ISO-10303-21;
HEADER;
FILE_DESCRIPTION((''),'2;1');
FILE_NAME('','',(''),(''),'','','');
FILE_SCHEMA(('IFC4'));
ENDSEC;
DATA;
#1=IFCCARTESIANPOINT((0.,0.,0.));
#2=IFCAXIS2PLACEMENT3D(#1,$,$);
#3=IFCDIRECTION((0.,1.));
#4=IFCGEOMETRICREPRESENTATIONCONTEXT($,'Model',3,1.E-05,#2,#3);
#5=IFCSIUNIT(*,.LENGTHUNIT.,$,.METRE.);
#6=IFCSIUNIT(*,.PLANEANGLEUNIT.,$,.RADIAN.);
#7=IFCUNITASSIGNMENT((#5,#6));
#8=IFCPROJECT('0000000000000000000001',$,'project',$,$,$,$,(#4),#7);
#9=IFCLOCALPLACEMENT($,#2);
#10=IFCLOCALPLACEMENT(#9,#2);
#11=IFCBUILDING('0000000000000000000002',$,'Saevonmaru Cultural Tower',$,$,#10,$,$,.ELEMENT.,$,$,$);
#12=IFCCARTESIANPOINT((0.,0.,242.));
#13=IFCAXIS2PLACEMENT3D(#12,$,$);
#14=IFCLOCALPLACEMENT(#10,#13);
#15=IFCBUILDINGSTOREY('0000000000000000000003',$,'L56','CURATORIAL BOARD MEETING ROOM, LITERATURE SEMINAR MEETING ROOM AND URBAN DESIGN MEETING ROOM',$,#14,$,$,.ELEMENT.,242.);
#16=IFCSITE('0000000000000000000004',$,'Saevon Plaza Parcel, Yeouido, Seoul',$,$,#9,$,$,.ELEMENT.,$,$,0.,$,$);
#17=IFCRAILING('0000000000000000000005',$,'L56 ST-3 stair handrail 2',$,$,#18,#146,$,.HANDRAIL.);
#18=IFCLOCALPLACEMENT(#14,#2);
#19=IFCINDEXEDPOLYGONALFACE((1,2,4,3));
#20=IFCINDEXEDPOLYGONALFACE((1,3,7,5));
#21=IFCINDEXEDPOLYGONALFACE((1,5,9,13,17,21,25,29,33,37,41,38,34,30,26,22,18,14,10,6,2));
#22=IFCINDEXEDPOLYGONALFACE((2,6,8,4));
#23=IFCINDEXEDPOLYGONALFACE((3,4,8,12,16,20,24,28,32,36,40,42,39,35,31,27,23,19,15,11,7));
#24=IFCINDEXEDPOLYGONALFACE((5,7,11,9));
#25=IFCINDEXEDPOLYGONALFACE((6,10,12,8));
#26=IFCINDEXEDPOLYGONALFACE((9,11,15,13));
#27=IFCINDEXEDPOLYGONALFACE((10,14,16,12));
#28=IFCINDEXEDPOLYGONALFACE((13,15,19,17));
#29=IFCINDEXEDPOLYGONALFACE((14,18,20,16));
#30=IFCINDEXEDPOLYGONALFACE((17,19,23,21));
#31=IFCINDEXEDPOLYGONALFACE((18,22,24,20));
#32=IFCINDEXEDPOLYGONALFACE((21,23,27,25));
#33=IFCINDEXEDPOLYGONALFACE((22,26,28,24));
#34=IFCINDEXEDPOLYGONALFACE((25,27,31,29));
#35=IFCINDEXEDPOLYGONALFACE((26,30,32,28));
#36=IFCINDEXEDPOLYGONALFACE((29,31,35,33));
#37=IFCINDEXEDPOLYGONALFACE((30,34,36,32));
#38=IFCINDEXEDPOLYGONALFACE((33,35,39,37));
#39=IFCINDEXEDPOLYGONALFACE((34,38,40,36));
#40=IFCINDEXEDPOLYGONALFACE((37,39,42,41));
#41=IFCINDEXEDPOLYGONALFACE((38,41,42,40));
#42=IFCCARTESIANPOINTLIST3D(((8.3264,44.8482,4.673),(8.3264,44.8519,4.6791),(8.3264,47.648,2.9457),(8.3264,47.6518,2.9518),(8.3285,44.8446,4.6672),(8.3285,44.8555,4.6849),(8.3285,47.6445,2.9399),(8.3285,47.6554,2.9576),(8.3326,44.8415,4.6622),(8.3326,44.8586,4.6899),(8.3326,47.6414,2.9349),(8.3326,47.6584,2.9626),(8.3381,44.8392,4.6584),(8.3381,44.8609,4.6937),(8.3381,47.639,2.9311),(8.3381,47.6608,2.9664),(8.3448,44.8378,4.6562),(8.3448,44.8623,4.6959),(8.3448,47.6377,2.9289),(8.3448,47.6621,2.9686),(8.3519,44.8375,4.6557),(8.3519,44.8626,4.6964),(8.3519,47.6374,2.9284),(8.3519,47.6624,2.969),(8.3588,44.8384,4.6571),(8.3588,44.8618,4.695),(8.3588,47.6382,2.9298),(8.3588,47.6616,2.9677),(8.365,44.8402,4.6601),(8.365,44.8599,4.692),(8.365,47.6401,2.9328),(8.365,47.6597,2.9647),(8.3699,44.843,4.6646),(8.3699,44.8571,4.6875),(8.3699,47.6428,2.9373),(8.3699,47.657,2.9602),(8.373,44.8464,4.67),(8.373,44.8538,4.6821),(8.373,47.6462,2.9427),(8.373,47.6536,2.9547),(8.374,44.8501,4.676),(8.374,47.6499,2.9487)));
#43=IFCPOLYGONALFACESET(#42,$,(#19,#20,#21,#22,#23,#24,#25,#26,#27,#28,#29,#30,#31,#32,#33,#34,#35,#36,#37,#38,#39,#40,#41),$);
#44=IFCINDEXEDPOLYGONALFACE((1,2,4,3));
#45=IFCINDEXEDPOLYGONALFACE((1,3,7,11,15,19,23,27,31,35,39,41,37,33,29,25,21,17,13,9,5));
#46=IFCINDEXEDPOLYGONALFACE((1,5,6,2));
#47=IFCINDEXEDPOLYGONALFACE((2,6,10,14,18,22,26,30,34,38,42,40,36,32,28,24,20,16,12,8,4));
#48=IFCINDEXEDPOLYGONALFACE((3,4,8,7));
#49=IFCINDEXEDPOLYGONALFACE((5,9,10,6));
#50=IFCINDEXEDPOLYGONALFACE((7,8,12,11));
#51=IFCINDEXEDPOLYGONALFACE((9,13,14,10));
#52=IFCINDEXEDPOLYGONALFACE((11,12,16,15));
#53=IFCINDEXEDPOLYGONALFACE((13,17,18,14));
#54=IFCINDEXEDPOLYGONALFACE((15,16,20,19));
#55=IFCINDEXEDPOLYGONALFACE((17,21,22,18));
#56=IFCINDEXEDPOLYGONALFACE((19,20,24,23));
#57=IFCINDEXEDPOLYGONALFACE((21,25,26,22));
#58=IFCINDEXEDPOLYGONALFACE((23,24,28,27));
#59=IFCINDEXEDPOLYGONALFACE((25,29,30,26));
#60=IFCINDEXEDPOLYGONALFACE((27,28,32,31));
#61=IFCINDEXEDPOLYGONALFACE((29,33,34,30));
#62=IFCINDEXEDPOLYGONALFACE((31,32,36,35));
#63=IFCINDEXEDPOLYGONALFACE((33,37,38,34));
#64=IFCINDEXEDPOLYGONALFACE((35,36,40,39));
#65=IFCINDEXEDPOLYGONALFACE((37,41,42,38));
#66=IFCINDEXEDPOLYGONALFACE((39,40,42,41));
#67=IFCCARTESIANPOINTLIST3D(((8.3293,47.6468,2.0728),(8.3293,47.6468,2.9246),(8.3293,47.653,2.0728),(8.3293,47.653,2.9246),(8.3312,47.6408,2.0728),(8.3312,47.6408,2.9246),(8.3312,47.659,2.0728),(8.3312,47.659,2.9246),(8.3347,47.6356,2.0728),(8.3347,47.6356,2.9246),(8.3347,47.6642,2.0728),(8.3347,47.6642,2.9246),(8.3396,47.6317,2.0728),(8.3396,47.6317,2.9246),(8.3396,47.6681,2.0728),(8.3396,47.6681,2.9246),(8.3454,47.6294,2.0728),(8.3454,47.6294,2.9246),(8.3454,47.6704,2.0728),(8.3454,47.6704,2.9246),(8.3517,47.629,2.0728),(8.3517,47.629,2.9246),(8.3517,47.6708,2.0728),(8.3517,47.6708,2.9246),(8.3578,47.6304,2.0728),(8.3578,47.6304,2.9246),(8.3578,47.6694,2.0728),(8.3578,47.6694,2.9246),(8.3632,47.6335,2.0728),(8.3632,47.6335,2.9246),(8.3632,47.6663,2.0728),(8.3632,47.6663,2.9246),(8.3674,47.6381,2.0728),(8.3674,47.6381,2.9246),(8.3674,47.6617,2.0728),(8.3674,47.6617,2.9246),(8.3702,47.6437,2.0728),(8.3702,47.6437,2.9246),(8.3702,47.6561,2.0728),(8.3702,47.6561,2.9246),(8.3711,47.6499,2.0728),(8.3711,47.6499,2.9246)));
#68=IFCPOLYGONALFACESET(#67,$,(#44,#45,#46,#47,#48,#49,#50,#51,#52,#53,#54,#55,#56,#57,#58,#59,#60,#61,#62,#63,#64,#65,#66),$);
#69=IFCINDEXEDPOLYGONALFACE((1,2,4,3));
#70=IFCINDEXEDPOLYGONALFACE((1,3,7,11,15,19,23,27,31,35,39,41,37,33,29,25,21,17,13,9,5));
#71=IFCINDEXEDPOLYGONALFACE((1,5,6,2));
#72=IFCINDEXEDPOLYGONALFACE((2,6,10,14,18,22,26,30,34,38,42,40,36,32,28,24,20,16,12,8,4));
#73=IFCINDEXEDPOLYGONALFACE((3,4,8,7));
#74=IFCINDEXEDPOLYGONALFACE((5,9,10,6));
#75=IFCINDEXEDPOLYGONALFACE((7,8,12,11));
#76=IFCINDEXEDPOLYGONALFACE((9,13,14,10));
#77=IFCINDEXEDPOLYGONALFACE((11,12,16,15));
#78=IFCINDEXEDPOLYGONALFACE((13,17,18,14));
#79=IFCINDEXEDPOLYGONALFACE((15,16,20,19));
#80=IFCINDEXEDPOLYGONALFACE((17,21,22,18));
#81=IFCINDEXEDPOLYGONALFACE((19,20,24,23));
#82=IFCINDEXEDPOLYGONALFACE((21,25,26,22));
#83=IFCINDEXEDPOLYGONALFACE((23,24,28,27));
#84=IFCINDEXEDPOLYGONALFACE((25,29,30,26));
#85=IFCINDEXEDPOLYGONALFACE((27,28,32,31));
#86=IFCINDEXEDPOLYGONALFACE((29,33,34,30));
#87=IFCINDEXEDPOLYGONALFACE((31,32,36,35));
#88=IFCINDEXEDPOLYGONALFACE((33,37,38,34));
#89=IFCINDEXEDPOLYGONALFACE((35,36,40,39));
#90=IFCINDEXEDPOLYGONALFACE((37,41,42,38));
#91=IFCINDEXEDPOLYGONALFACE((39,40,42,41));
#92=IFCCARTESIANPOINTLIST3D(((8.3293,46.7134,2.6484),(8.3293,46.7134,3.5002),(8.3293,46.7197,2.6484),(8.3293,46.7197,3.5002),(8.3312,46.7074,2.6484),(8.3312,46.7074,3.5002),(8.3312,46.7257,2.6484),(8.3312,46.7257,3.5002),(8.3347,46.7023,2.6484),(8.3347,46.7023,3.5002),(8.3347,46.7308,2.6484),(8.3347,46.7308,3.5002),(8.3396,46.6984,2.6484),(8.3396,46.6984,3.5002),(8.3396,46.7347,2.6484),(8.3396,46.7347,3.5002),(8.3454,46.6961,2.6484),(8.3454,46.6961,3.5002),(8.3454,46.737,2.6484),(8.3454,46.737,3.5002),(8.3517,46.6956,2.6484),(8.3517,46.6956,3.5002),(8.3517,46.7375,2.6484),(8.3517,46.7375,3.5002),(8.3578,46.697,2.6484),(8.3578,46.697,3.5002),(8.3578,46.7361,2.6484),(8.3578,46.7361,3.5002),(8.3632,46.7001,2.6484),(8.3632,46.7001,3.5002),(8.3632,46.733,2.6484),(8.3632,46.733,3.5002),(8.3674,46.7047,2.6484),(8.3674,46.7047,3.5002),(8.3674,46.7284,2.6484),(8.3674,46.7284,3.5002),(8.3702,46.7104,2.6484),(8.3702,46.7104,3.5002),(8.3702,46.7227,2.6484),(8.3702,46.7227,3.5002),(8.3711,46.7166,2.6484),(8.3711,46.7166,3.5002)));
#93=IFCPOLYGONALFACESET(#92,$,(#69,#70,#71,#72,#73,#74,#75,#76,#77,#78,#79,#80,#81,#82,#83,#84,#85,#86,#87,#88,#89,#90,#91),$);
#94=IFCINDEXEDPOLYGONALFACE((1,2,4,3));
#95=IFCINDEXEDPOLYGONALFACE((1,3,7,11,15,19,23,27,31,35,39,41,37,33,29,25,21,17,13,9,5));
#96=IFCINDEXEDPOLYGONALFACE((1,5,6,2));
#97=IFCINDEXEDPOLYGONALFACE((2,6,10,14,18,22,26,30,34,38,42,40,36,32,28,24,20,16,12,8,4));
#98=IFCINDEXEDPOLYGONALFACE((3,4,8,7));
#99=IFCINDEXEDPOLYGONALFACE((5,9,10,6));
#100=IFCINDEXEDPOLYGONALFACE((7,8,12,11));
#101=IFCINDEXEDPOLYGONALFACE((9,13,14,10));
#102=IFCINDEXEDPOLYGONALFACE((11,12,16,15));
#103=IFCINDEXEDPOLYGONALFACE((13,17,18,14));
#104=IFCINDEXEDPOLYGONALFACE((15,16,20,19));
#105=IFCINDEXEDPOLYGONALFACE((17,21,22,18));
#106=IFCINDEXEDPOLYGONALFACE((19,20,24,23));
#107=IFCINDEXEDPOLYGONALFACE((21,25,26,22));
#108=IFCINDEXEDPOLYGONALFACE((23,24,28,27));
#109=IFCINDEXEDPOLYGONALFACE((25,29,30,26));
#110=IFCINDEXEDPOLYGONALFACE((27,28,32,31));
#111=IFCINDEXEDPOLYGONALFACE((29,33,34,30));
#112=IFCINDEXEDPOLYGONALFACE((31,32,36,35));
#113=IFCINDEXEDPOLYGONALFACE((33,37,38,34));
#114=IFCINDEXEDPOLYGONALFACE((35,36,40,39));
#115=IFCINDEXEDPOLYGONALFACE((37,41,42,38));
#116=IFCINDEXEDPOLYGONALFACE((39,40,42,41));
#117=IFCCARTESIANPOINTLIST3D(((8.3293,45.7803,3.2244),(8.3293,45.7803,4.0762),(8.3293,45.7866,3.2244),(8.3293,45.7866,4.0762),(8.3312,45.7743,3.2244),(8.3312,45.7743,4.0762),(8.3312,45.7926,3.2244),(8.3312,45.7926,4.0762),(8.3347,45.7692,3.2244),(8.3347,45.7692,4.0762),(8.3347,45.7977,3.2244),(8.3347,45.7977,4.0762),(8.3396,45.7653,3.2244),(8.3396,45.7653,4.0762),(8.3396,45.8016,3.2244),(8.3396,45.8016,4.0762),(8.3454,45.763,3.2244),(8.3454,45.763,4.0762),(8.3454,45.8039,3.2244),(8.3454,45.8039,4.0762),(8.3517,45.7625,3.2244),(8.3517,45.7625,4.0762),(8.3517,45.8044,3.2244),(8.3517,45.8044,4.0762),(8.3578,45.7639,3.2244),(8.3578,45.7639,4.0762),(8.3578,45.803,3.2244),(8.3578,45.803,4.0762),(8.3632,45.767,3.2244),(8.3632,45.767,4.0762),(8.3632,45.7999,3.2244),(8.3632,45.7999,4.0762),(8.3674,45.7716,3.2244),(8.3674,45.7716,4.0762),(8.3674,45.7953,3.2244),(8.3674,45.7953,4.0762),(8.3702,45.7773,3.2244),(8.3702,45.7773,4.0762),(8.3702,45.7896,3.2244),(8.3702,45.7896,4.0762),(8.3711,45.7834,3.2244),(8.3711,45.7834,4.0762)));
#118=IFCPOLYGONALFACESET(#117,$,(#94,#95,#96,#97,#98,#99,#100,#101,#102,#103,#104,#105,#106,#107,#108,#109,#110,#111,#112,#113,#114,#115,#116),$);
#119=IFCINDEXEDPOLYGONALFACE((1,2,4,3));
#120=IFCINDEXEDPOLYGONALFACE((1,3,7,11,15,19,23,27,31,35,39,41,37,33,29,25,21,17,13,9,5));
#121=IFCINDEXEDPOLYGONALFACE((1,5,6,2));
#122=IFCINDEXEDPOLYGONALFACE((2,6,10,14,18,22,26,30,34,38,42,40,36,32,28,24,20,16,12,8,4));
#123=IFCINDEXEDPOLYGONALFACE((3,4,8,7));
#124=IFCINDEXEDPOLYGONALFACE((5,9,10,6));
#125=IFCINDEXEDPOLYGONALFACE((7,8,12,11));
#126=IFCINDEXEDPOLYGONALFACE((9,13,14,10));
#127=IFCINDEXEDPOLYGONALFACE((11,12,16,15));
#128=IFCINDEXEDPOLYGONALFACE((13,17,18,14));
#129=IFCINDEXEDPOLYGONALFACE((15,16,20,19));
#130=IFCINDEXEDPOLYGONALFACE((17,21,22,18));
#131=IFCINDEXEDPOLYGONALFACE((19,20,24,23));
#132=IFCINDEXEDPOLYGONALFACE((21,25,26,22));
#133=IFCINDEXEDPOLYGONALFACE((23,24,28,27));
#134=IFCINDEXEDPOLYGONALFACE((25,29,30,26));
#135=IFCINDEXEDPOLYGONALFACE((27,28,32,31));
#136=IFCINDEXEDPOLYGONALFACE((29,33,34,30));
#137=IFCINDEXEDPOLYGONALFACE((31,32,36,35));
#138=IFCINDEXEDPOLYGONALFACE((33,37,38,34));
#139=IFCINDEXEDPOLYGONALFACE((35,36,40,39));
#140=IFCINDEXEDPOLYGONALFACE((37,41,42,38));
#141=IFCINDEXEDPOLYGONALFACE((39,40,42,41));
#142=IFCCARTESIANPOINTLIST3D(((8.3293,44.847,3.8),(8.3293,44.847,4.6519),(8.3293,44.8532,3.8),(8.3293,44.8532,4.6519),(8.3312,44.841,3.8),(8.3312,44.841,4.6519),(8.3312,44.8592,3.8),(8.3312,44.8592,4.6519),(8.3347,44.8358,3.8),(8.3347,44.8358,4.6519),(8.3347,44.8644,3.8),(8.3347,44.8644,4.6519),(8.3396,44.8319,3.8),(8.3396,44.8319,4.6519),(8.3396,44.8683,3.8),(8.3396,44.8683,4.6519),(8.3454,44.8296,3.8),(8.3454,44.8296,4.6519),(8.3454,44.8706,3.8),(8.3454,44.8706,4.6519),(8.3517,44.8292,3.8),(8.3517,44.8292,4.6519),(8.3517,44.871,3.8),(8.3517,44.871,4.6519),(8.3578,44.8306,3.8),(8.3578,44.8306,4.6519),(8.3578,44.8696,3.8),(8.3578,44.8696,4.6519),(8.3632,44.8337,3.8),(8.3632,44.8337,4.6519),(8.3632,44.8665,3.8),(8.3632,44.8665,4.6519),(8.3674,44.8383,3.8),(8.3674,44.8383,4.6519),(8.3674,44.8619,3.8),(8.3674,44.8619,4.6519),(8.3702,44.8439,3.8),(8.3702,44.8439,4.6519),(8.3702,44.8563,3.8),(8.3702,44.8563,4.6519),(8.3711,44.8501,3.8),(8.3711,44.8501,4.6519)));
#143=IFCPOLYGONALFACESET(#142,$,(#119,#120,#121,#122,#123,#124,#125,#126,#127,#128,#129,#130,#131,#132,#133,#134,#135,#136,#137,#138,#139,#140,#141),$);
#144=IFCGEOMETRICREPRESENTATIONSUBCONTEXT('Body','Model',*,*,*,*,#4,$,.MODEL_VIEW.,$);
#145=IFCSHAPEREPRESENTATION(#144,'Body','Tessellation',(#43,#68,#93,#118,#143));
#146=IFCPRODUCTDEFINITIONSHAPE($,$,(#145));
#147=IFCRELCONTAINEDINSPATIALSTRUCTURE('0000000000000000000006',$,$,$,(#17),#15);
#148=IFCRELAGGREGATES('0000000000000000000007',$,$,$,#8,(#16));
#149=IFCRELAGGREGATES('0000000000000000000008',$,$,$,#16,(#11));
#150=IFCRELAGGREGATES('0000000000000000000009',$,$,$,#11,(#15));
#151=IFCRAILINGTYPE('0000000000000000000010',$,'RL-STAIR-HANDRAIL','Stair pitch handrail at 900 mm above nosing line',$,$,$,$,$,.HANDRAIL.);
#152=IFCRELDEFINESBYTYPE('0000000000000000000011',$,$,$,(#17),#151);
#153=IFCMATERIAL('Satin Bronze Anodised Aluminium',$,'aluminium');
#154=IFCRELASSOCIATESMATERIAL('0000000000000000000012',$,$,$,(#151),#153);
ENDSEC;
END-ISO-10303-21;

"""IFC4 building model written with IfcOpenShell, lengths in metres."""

from ifc_helpers import new_model, si_unit, direction, frame, origin, origin_2d, place, context, subcontext, project, spatial, circle, extrude, material, type_object, element, save


model = new_model("IFC4")

# Units and contexts
model_context = context("Model", 3, precision=1e-05, world=origin(), true_north=direction((0.0, 1.0)))
body_context = subcontext(model_context, "Body", "Model", "MODEL_VIEW")
ifc_project = project(units=[si_unit("LENGTHUNIT", "METRE"), si_unit("PLANEANGLEUNIT", "RADIAN")], contexts=[model_context])

# Site, building, storey
site_placement = place(None, origin())
site = spatial("IfcSite", under=ifc_project, at=site_placement, Name="Saevon Plaza Parcel, Yeouido, Seoul", CompositionType="ELEMENT", RefElevation=0.0)
building_placement = place(site_placement, origin())
building = spatial("IfcBuilding", under=site, at=building_placement, Name="Saevonmaru Cultural Tower", CompositionType="ELEMENT")
storey_placement = place(building_placement, frame((0.0, 0.0, 242.0)))
storey = spatial("IfcBuildingStorey", under=building, at=storey_placement, Name="L56", Description="CURATORIAL BOARD MEETING ROOM, LITERATURE SEMINAR MEETING ROOM AND URBAN DESIGN MEETING ROOM", CompositionType="ELEMENT", Elevation=242.0)

# Shared definitions
ifc_material_1 = material(Name="Satin Bronze Anodised Aluminium", Category="aluminium")

# Railing
railing_type_1 = type_object("IfcRailingType", Name="RL-STAIR-HANDRAIL", Description="Stair pitch handrail at 900 mm above nosing line", PredefinedType="HANDRAIL", material=ifc_material_1)
railing_1_placement = place(storey_placement, frame((8.3501, 47.6499, 2.0728)))
element("IfcRailing", 1, at=railing_1_placement, inside=storey, type_object=railing_type_1, Name="L56 ST-3 stair handrail 2", PredefinedType="HANDRAIL", context=body_context, shape_type="SweptSolid", body=[
    extrude(circle(Radius=0.0239, at=origin_2d()), frame((0.0, 0.0, 0.876), z_axis=(0.0, -0.851069, 0.525054), x_axis=(1.0, 0.0, 0.0)), (0.0, 0.0, 1.0), 3.2898),
    extrude(circle(Radius=0.021, at=origin_2d()), origin(), (0.0, 0.0, 1.0), 0.8518),
    extrude(circle(Radius=0.021, at=origin_2d()), frame((0.0, -0.9333, 0.5757)), (0.0, 0.0, 1.0), 0.8518),
    extrude(circle(Radius=0.021, at=origin_2d()), frame((0.0, -1.8665, 1.1516)), (0.0, 0.0, 1.0), 0.8518),
    extrude(circle(Radius=0.021, at=origin_2d()), frame((0.0, -2.7998, 1.7273)), (0.0, 0.0, 1.0), 0.8518),
])

save(model, "model.ifc")
